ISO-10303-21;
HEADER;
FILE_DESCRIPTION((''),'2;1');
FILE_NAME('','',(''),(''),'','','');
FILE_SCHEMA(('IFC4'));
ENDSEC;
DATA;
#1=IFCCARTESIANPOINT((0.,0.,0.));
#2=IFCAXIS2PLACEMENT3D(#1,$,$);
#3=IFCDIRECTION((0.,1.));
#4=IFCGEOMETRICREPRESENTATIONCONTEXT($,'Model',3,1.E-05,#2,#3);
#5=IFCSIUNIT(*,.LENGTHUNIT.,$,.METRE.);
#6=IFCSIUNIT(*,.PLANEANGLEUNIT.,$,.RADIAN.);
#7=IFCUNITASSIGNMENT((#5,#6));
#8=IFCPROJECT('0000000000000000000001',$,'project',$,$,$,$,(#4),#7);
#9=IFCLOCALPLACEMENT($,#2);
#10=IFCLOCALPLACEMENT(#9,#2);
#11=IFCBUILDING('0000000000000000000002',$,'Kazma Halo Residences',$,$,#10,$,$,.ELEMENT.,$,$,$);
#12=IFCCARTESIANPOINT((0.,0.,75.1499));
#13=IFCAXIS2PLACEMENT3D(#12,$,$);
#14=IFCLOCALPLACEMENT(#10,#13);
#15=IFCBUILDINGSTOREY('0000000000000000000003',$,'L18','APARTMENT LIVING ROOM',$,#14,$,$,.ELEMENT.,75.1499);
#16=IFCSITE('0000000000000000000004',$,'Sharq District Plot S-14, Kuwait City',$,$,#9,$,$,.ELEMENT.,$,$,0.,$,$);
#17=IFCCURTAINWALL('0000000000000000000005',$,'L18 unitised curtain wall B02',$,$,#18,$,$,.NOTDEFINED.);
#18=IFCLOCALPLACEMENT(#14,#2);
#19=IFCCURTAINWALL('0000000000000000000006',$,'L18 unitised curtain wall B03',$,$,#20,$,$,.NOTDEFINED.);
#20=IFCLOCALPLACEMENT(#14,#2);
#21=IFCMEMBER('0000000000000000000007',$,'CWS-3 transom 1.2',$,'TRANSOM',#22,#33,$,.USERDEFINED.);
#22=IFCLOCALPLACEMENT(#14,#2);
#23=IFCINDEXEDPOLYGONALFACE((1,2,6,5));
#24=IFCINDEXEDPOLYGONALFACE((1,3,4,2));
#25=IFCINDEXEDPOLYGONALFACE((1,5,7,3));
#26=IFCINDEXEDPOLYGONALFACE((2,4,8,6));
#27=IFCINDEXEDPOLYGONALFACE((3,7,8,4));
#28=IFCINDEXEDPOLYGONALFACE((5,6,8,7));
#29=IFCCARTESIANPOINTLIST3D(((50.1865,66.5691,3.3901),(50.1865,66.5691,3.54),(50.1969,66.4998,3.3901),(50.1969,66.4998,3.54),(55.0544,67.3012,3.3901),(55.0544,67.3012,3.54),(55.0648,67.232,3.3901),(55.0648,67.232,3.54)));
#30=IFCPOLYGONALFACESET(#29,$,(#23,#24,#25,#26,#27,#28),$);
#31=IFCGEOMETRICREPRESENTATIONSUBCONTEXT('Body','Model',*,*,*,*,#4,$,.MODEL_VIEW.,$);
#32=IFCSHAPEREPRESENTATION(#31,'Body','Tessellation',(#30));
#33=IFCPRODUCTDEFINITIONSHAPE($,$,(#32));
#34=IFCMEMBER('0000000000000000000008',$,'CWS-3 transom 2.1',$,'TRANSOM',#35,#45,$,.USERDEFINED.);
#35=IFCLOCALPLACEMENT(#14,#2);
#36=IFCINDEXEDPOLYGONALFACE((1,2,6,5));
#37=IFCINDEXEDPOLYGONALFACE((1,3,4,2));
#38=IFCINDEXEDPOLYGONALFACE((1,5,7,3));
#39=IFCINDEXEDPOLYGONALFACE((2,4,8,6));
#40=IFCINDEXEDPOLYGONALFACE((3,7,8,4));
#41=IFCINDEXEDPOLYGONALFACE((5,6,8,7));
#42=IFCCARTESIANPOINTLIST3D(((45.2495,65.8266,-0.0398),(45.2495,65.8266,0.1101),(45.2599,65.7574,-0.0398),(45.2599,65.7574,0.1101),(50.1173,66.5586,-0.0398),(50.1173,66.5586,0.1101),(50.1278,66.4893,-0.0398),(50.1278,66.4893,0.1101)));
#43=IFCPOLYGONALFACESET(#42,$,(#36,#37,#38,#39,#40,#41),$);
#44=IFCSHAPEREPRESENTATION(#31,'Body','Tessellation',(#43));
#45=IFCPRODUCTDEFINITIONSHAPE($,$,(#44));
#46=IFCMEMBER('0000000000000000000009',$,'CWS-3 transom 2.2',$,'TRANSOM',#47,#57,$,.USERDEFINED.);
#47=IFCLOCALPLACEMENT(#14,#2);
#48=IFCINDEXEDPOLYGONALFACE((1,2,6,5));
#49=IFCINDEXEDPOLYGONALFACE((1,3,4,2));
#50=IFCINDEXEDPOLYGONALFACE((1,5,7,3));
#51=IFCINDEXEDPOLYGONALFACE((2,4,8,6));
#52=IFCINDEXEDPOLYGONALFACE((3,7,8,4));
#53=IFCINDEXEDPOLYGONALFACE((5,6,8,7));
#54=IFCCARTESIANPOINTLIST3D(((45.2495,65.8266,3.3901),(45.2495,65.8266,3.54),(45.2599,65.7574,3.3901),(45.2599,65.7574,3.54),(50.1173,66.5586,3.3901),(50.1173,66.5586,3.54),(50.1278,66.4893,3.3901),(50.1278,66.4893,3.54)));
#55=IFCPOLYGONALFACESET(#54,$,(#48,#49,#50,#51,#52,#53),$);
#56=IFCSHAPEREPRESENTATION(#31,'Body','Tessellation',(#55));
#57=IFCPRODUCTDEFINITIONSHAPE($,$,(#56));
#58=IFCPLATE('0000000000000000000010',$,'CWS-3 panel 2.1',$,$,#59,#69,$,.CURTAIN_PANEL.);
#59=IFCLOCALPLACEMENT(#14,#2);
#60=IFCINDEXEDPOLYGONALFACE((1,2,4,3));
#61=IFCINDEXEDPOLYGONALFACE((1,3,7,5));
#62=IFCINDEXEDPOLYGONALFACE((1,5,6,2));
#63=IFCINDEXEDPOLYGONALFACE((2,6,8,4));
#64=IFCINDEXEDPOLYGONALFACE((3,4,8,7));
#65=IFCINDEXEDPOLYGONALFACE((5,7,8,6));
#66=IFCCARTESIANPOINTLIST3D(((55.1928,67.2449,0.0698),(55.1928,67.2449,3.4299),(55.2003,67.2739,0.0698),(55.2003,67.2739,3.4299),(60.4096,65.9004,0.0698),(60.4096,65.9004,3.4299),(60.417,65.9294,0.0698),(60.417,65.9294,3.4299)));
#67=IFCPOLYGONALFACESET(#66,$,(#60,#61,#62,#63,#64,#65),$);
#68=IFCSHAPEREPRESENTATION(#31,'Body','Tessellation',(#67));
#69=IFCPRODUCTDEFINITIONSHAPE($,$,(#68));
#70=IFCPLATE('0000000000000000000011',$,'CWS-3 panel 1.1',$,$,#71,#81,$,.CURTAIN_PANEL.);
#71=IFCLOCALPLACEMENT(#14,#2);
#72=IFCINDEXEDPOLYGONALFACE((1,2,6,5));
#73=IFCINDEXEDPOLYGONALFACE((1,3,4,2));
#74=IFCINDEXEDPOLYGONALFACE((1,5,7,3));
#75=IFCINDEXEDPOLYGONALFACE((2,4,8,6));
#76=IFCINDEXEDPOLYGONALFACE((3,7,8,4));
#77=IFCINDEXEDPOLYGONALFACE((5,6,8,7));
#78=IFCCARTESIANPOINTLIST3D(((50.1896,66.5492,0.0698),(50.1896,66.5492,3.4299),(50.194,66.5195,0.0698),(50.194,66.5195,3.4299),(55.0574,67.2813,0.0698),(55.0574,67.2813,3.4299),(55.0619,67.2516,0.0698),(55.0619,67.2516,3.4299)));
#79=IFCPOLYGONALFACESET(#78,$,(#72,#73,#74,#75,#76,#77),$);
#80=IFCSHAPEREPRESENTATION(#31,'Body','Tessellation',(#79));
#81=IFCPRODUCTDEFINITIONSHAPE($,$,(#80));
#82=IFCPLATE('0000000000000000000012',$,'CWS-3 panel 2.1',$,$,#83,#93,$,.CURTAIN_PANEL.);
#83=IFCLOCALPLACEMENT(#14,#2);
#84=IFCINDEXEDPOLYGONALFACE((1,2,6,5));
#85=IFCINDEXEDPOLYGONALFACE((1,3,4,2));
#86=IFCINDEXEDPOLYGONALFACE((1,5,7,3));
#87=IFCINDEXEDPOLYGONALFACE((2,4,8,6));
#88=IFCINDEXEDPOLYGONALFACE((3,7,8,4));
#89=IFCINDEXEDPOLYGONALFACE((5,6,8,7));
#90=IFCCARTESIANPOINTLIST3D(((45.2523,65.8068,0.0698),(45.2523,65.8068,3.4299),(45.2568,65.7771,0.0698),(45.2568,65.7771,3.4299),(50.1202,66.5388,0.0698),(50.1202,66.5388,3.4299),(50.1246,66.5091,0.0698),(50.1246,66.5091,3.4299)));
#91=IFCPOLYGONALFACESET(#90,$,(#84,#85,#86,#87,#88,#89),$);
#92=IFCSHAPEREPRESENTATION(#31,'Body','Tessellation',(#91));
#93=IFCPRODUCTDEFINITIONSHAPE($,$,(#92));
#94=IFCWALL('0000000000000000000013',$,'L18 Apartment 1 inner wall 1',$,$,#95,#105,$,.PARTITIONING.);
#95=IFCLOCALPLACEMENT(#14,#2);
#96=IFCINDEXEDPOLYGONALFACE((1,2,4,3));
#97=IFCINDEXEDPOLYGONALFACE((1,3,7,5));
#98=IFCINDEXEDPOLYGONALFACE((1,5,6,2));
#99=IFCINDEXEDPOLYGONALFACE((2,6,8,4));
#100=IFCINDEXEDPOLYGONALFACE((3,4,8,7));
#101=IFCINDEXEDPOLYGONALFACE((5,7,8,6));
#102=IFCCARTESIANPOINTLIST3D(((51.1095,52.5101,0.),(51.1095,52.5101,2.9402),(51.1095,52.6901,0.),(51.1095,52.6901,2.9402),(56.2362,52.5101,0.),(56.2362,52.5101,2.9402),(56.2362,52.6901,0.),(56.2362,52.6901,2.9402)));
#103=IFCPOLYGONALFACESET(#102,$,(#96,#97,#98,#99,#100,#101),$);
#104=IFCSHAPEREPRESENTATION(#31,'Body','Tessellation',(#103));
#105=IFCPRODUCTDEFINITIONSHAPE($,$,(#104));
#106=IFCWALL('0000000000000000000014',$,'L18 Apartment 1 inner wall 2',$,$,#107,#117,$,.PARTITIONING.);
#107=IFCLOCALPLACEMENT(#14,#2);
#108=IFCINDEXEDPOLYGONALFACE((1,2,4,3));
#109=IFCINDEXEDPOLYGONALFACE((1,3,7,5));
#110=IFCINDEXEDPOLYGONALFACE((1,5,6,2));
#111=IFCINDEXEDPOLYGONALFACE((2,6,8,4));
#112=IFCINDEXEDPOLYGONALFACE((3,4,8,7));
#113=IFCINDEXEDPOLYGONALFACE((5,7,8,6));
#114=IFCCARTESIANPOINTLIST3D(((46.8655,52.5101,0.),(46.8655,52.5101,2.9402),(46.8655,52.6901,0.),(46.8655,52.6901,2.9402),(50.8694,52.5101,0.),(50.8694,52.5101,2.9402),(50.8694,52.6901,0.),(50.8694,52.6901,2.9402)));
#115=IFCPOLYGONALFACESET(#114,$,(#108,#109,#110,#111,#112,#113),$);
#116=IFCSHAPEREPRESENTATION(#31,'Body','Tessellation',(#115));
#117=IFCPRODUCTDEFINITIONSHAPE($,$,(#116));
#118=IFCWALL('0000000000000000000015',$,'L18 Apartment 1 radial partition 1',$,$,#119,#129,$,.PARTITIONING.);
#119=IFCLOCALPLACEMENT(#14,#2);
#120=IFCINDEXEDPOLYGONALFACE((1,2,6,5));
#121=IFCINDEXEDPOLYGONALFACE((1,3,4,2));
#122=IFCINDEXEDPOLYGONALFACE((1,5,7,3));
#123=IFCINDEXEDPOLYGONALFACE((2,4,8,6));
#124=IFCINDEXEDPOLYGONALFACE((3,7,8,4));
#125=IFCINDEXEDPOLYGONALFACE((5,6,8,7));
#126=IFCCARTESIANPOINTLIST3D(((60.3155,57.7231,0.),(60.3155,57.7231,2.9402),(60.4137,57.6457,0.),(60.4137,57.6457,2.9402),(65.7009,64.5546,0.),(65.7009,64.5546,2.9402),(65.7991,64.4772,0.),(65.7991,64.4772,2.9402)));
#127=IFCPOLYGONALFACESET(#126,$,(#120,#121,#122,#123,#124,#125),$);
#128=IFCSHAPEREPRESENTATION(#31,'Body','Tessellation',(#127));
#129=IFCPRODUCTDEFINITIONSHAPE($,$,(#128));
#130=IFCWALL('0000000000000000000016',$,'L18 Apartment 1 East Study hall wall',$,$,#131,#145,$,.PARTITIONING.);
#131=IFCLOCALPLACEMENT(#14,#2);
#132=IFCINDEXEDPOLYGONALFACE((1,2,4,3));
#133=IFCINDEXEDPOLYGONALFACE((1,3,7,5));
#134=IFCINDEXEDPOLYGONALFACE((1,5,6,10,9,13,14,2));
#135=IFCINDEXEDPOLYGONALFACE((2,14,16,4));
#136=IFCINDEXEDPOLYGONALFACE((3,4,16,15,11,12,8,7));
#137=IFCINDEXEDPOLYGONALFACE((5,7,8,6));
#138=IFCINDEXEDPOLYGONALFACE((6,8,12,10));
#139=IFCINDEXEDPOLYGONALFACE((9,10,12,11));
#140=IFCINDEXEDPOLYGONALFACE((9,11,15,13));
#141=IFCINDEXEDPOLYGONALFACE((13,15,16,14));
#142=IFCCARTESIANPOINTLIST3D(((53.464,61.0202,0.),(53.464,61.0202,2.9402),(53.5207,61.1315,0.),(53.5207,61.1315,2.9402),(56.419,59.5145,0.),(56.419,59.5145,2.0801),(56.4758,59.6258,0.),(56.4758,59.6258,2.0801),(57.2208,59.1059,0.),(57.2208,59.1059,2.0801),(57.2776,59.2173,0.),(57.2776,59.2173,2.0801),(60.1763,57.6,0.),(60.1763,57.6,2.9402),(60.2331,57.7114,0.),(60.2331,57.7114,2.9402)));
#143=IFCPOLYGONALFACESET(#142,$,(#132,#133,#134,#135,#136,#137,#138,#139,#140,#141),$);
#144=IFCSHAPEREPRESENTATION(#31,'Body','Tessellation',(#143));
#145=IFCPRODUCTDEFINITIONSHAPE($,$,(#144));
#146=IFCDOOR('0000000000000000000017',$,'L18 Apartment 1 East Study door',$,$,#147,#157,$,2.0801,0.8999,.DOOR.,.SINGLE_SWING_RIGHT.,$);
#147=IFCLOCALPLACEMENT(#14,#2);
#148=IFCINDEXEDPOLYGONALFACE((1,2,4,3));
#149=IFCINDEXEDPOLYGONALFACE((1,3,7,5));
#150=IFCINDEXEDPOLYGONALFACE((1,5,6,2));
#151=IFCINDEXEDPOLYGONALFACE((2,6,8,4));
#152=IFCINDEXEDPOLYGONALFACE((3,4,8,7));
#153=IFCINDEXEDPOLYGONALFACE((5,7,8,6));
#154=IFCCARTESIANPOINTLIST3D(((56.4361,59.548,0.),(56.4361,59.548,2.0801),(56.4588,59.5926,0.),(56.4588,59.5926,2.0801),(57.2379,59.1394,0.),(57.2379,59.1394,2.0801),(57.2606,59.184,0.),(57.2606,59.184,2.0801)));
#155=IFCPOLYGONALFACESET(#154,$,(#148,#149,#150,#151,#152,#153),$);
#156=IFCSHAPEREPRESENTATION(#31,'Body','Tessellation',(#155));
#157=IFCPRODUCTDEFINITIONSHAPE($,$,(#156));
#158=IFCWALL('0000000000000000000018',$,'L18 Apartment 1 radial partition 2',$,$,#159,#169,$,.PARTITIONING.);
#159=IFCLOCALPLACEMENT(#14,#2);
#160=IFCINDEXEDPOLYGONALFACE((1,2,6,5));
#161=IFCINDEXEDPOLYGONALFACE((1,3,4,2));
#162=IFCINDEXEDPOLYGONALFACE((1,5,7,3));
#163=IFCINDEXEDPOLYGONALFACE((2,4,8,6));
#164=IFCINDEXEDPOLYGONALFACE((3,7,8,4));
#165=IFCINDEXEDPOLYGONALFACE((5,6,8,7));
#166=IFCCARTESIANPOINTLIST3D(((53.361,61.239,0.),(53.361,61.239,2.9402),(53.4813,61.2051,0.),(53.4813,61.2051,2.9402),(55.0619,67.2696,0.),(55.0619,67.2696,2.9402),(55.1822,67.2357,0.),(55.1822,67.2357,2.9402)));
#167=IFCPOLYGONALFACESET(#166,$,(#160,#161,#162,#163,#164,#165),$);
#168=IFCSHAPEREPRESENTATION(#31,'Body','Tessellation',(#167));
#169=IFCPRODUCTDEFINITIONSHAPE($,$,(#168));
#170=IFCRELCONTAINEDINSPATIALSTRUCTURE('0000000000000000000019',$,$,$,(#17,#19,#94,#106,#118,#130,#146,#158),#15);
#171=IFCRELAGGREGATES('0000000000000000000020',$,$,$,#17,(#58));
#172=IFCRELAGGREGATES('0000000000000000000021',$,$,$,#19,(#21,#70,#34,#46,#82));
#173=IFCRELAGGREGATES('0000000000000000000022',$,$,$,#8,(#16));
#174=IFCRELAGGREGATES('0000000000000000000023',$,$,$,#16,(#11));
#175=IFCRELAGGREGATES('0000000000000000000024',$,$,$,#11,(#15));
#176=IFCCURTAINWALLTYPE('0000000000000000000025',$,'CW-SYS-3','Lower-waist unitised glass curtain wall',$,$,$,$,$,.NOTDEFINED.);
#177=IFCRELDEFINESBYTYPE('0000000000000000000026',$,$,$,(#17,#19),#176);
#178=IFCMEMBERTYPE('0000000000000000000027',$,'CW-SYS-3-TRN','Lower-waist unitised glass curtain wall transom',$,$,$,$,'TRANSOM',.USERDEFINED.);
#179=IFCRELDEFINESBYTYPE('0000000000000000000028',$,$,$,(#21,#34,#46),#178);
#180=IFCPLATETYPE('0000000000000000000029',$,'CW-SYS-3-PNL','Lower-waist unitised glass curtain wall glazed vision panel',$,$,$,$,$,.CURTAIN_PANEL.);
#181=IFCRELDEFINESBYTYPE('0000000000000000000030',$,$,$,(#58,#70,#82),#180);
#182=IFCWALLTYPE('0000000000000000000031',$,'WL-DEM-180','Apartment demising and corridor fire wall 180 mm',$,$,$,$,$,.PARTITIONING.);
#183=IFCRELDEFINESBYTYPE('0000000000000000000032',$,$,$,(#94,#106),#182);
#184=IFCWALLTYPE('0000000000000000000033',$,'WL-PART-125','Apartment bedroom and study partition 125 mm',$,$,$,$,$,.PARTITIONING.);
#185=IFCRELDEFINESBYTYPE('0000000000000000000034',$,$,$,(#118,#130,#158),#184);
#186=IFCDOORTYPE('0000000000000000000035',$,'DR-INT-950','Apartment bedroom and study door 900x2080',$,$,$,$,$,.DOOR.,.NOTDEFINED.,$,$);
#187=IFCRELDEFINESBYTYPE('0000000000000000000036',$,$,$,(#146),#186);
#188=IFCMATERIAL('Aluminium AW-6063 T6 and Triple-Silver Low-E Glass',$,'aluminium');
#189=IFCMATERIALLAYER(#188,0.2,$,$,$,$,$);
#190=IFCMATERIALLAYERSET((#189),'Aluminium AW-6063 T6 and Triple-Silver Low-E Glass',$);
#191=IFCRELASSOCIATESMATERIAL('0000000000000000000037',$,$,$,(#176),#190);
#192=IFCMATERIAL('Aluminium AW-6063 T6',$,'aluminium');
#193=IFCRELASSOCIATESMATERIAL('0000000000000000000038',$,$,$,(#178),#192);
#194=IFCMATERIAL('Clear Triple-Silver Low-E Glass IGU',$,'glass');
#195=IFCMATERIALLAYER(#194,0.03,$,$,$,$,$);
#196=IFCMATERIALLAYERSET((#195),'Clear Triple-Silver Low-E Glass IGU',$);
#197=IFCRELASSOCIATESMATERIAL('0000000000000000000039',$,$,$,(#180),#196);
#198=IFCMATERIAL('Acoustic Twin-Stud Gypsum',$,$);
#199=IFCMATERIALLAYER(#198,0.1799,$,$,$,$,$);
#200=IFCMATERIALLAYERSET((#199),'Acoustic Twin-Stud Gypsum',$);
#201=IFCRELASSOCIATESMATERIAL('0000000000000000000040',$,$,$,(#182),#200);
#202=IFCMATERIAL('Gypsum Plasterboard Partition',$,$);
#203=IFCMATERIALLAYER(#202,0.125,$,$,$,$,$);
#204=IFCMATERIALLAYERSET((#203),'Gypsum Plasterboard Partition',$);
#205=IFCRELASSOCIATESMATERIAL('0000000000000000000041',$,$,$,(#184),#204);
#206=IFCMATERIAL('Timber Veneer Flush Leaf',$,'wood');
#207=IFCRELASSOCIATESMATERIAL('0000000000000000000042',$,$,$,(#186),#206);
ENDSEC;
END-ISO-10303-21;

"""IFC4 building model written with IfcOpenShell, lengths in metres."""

from ifc_helpers import new_model, si_unit, direction, frame, frame_2d, origin, origin_2d, place, context, subcontext, project, spatial, rectangle, extrude, material, layer, layer_set, material_profile, profile_set, type_object, element, fill, aggregate, save


model = new_model("IFC4")

# Units and contexts
model_context = context("Model", 3, precision=1e-05, world=origin(), true_north=direction((0.0, 1.0)))
body_context = subcontext(model_context, "Body", "Model", "MODEL_VIEW")
ifc_project = project(units=[si_unit("LENGTHUNIT", "METRE"), si_unit("PLANEANGLEUNIT", "RADIAN")], contexts=[model_context])

# Site, building, storey
site_placement = place(None, origin())
site = spatial("IfcSite", under=ifc_project, at=site_placement, Name="Sharq District Plot S-14, Kuwait City", CompositionType="ELEMENT", RefElevation=0.0)
building_placement = place(site_placement, origin())
building = spatial("IfcBuilding", under=site, at=building_placement, Name="Kazma Halo Residences", CompositionType="ELEMENT")
storey_placement = place(building_placement, frame((0.0, 0.0, 75.1499)))
storey = spatial("IfcBuildingStorey", under=building, at=storey_placement, Name="L18", Description="APARTMENT LIVING ROOM", CompositionType="ELEMENT", Elevation=75.1499)

# Curtain walls
ifc_material_1 = material(Name="Aluminium AW-6063 T6 and Triple-Silver Low-E Glass", Category="aluminium")
ifc_layer_1 = layer(ifc_material_1, 0.2)
ifc_layer_set_1 = layer_set([ifc_layer_1], Name="Aluminium AW-6063 T6 and Triple-Silver Low-E Glass")
curtain_wall_type = type_object("IfcCurtainWallType", Name="CW-SYS-3", Description="Lower-waist unitised glass curtain wall", PredefinedType="NOTDEFINED", material=ifc_layer_set_1)
curtain_wall_1_placement = place(storey_placement, origin())
curtain_wall_1 = element("IfcCurtainWall", 1, at=curtain_wall_1_placement, inside=storey, type_object=curtain_wall_type, Name="L18 unitised curtain wall B02", PredefinedType="NOTDEFINED")
ifc_material_2 = material(Name="Aluminium AW-6063 T6", Category="aluminium")
curtain_wall_2_placement = place(storey_placement, origin())
curtain_wall_2 = element("IfcCurtainWall", 2, at=curtain_wall_2_placement, inside=storey, type_object=curtain_wall_type, Name="L18 unitised curtain wall B03", PredefinedType="NOTDEFINED")

# Members
ifc_material_profile_1 = material_profile(ifc_material_2, rectangle(XDim=0.0701, YDim=0.1499, at=origin_2d()), Name="CWT-70x150")
ifc_profile_set_1 = profile_set([ifc_material_profile_1], Name="Aluminium AW-6063 T6")
member_type_1 = type_object("IfcMemberType", Name="CW-SYS-3-TRN", Description="Lower-waist unitised glass curtain wall transom", ElementType="TRANSOM", PredefinedType="USERDEFINED", material=ifc_profile_set_1)
member_1_placement = place(storey_placement, frame((55.0596, 67.2666, 3.4651), z_axis=(-0.988877, -0.148736, 0.0), x_axis=(0.148736, -0.988877, 0.0)))
member_1 = element("IfcMember", 3, at=member_1_placement, type_object=member_type_1, Name="CWS-3 transom 1.2", ObjectType="TRANSOM", PredefinedType="USERDEFINED", context=body_context, shape_type="SweptSolid", body=[
    extrude(rectangle(XDim=0.0701, YDim=0.1499, at=origin_2d()), origin(), (0.0, 0.0, 1.0), 4.9226),
])
member_2_placement = place(storey_placement, frame((50.1226, 66.5239, 0.0352), z_axis=(-0.988884, -0.148687, 0.0), x_axis=(0.148687, -0.988884, 0.0)))
member_2 = element("IfcMember", 4, at=member_2_placement, type_object=member_type_1, Name="CWS-3 transom 2.1", ObjectType="TRANSOM", PredefinedType="USERDEFINED", context=body_context, shape_type="SweptSolid", body=[
    extrude(rectangle(XDim=0.0701, YDim=0.1499, at=origin_2d()), origin(), (0.0, 0.0, 1.0), 4.9226),
])
member_3_placement = place(storey_placement, frame((50.1226, 66.5239, 3.4651), z_axis=(-0.988884, -0.148687, 0.0), x_axis=(0.148687, -0.988884, 0.0)))
member_3 = element("IfcMember", 5, at=member_3_placement, type_object=member_type_1, Name="CWS-3 transom 2.2", ObjectType="TRANSOM", PredefinedType="USERDEFINED", context=body_context, shape_type="SweptSolid", body=[
    extrude(rectangle(XDim=0.0701, YDim=0.1499, at=origin_2d()), origin(), (0.0, 0.0, 1.0), 4.9226),
])

# Plates
ifc_material_3 = material(Name="Clear Triple-Silver Low-E Glass IGU", Category="glass")
ifc_layer_2 = layer(ifc_material_3, 0.03)
ifc_layer_set_2 = layer_set([ifc_layer_2], Name="Clear Triple-Silver Low-E Glass IGU")
plate_type = type_object("IfcPlateType", Name="CW-SYS-3-PNL", Description="Lower-waist unitised glass curtain wall glazed vision panel", PredefinedType="CURTAIN_PANEL", material=ifc_layer_set_2)
plate_1_placement = place(storey_placement, frame((57.8049, 66.5872, 0.0698), z_axis=(0.0, 0.0, 1.0), x_axis=(-0.968356, 0.249572, 0.0)))
plate_1 = element("IfcPlate", 6, at=plate_1_placement, type_object=plate_type, Name="CWS-3 panel 2.1", PredefinedType="CURTAIN_PANEL", context=body_context, shape_type="SweptSolid", body=[
    extrude(rectangle(XDim=5.3872, YDim=0.03, at=origin_2d()), origin(), (0.0, 0.0, 1.0), 3.3601),
])
aggregate(curtain_wall_1, [plate_1])
plate_2_placement = place(storey_placement, frame((52.6257, 66.9004, 0.0698), z_axis=(0.0, 0.0, 1.0), x_axis=(-0.98888, -0.148717, 0.0)))
plate_2 = element("IfcPlate", 7, at=plate_2_placement, type_object=plate_type, Name="CWS-3 panel 1.1", PredefinedType="CURTAIN_PANEL", context=body_context, shape_type="SweptSolid", body=[
    extrude(rectangle(XDim=4.9226, YDim=0.03, at=origin_2d()), origin(), (0.0, 0.0, 1.0), 3.3601),
])
plate_3_placement = place(storey_placement, frame((47.6885, 66.158, 0.0698), z_axis=(0.0, 0.0, 1.0), x_axis=(-0.98888, -0.148717, 0.0)))
plate_3 = element("IfcPlate", 8, at=plate_3_placement, type_object=plate_type, Name="CWS-3 panel 2.1", PredefinedType="CURTAIN_PANEL", context=body_context, shape_type="SweptSolid", body=[
    extrude(rectangle(XDim=4.9226, YDim=0.03, at=origin_2d()), origin(), (0.0, 0.0, 1.0), 3.3601),
])
aggregate(curtain_wall_2, [member_1, plate_2, member_2, member_3, plate_3])

# Walls
ifc_material_4 = material(Name="Acoustic Twin-Stud Gypsum")
ifc_layer_3 = layer(ifc_material_4, 0.1799)
ifc_layer_set_3 = layer_set([ifc_layer_3], Name="Acoustic Twin-Stud Gypsum")
wall_type_1 = type_object("IfcWallType", Name="WL-DEM-180", Description="Apartment demising and corridor fire wall 180 mm", PredefinedType="PARTITIONING", material=ifc_layer_set_3)
wall_1_placement = place(storey_placement, frame((56.2363, 52.6001, 0.0), z_axis=(0.0, 0.0, 1.0), x_axis=(-1.0, 0.0, 0.0)))
element("IfcWall", 9, at=wall_1_placement, inside=storey, type_object=wall_type_1, Name="L18 Apartment 1 inner wall 1", PredefinedType="PARTITIONING", context=body_context, shape_type="SweptSolid", body=[
    extrude(rectangle(XDim=5.1267, YDim=0.1799, at=frame_2d((2.5635, 0.0))), origin(), (0.0, 0.0, 1.0), 2.9402),
])
wall_2_placement = place(storey_placement, frame((50.8694, 52.6001, 0.0), z_axis=(0.0, 0.0, 1.0), x_axis=(-1.0, 0.0, 0.0)))
element("IfcWall", 10, at=wall_2_placement, inside=storey, type_object=wall_type_1, Name="L18 Apartment 1 inner wall 2", PredefinedType="PARTITIONING", context=body_context, shape_type="SweptSolid", body=[
    extrude(rectangle(XDim=4.0039, YDim=0.1799, at=frame_2d((2.002, 0.0))), origin(), (0.0, 0.0, 1.0), 2.9402),
])
ifc_material_5 = material(Name="Gypsum Plasterboard Partition")
ifc_layer_4 = layer(ifc_material_5, 0.125)
ifc_layer_set_4 = layer_set([ifc_layer_4], Name="Gypsum Plasterboard Partition")
wall_type_2 = type_object("IfcWallType", Name="WL-PART-125", Description="Apartment bedroom and study partition 125 mm", PredefinedType="PARTITIONING", material=ifc_layer_set_4)
wall_3_placement = place(storey_placement, frame((60.3645, 57.6843, 0.0), z_axis=(0.0, 0.0, 1.0), x_axis=(0.61909, 0.78532, 0.0)))
element("IfcWall", 11, at=wall_3_placement, inside=storey, type_object=wall_type_2, Name="L18 Apartment 1 radial partition 1", PredefinedType="PARTITIONING", context=body_context, shape_type="SweptSolid", body=[
    extrude(rectangle(XDim=8.699, YDim=0.125, at=frame_2d((4.3496, 0.0))), origin(), (0.0, 0.0, 1.0), 2.9402),
])

# Wall, opening, door
wall_4_placement = place(storey_placement, frame((60.2046, 57.6558, 0.0), z_axis=(0.0, 0.0, 1.0), x_axis=(-0.891005, 0.453993, 0.0)))
wall_4 = element("IfcWall", 12, at=wall_4_placement, inside=storey, type_object=wall_type_2, Name="L18 Apartment 1 East Study hall wall", PredefinedType="PARTITIONING", context=body_context, shape_type="SweptSolid", body=[
    extrude(rectangle(XDim=7.5334, YDim=0.125, at=frame_2d((3.7666, 0.0))), origin(), (0.0, 0.0, 1.0), 2.9402),
])
opening_1_placement = place(wall_4_placement, frame((3.3169, 0.0, 0.0)))
opening_1 = element("IfcOpeningElement", 13, at=opening_1_placement, cuts=wall_4, PredefinedType="OPENING", context=body_context, shape_type="SweptSolid", body=[
    extrude(rectangle(XDim=0.8999, YDim=2.0801, at=frame_2d((0.45, 1.04))), frame((0.0, 0.0725, 0.0), z_axis=(0.0, -1.0, 0.0), x_axis=(1.0, 0.0, 0.0)), (0.0, 0.0, 1.0), 0.145),
])
ifc_material_6 = material(Name="Timber Veneer Flush Leaf", Category="wood")
door_type = type_object("IfcDoorType", Name="DR-INT-950", Description="Apartment bedroom and study door 900x2080", OperationType="NOTDEFINED", PredefinedType="DOOR", material=ifc_material_6)
door_1_placement = place(opening_1_placement, origin())
door_1 = element("IfcDoor", 14, at=door_1_placement, inside=storey, type_object=door_type, Name="L18 Apartment 1 East Study door", OperationType="SINGLE_SWING_RIGHT", OverallHeight=2.0801, OverallWidth=0.8999, PredefinedType="DOOR", context=body_context, shape_type="SweptSolid", body=[
    extrude(rectangle(XDim=0.8999, YDim=2.0801, at=frame_2d((0.45, 1.04))), frame((0.0, 0.0249, 0.0), z_axis=(0.0, -1.0, 0.0), x_axis=(1.0, 0.0, 0.0)), (0.0, 0.0, 1.0), 0.05),
])
fill(opening_1, door_1)

# Wall
wall_5_placement = place(storey_placement, frame((53.4211, 61.2222, 0.0), z_axis=(0.0, 0.0, 1.0), x_axis=(0.271462, 0.962449, 0.0)))
element("IfcWall", 15, at=wall_5_placement, inside=storey, type_object=wall_type_2, Name="L18 Apartment 1 radial partition 2", PredefinedType="PARTITIONING", context=body_context, shape_type="SweptSolid", body=[
    extrude(rectangle(XDim=6.2659, YDim=0.125, at=frame_2d((3.1328, 0.0))), origin(), (0.0, 0.0, 1.0), 2.9402),
])

save(model, "model.ifc")
